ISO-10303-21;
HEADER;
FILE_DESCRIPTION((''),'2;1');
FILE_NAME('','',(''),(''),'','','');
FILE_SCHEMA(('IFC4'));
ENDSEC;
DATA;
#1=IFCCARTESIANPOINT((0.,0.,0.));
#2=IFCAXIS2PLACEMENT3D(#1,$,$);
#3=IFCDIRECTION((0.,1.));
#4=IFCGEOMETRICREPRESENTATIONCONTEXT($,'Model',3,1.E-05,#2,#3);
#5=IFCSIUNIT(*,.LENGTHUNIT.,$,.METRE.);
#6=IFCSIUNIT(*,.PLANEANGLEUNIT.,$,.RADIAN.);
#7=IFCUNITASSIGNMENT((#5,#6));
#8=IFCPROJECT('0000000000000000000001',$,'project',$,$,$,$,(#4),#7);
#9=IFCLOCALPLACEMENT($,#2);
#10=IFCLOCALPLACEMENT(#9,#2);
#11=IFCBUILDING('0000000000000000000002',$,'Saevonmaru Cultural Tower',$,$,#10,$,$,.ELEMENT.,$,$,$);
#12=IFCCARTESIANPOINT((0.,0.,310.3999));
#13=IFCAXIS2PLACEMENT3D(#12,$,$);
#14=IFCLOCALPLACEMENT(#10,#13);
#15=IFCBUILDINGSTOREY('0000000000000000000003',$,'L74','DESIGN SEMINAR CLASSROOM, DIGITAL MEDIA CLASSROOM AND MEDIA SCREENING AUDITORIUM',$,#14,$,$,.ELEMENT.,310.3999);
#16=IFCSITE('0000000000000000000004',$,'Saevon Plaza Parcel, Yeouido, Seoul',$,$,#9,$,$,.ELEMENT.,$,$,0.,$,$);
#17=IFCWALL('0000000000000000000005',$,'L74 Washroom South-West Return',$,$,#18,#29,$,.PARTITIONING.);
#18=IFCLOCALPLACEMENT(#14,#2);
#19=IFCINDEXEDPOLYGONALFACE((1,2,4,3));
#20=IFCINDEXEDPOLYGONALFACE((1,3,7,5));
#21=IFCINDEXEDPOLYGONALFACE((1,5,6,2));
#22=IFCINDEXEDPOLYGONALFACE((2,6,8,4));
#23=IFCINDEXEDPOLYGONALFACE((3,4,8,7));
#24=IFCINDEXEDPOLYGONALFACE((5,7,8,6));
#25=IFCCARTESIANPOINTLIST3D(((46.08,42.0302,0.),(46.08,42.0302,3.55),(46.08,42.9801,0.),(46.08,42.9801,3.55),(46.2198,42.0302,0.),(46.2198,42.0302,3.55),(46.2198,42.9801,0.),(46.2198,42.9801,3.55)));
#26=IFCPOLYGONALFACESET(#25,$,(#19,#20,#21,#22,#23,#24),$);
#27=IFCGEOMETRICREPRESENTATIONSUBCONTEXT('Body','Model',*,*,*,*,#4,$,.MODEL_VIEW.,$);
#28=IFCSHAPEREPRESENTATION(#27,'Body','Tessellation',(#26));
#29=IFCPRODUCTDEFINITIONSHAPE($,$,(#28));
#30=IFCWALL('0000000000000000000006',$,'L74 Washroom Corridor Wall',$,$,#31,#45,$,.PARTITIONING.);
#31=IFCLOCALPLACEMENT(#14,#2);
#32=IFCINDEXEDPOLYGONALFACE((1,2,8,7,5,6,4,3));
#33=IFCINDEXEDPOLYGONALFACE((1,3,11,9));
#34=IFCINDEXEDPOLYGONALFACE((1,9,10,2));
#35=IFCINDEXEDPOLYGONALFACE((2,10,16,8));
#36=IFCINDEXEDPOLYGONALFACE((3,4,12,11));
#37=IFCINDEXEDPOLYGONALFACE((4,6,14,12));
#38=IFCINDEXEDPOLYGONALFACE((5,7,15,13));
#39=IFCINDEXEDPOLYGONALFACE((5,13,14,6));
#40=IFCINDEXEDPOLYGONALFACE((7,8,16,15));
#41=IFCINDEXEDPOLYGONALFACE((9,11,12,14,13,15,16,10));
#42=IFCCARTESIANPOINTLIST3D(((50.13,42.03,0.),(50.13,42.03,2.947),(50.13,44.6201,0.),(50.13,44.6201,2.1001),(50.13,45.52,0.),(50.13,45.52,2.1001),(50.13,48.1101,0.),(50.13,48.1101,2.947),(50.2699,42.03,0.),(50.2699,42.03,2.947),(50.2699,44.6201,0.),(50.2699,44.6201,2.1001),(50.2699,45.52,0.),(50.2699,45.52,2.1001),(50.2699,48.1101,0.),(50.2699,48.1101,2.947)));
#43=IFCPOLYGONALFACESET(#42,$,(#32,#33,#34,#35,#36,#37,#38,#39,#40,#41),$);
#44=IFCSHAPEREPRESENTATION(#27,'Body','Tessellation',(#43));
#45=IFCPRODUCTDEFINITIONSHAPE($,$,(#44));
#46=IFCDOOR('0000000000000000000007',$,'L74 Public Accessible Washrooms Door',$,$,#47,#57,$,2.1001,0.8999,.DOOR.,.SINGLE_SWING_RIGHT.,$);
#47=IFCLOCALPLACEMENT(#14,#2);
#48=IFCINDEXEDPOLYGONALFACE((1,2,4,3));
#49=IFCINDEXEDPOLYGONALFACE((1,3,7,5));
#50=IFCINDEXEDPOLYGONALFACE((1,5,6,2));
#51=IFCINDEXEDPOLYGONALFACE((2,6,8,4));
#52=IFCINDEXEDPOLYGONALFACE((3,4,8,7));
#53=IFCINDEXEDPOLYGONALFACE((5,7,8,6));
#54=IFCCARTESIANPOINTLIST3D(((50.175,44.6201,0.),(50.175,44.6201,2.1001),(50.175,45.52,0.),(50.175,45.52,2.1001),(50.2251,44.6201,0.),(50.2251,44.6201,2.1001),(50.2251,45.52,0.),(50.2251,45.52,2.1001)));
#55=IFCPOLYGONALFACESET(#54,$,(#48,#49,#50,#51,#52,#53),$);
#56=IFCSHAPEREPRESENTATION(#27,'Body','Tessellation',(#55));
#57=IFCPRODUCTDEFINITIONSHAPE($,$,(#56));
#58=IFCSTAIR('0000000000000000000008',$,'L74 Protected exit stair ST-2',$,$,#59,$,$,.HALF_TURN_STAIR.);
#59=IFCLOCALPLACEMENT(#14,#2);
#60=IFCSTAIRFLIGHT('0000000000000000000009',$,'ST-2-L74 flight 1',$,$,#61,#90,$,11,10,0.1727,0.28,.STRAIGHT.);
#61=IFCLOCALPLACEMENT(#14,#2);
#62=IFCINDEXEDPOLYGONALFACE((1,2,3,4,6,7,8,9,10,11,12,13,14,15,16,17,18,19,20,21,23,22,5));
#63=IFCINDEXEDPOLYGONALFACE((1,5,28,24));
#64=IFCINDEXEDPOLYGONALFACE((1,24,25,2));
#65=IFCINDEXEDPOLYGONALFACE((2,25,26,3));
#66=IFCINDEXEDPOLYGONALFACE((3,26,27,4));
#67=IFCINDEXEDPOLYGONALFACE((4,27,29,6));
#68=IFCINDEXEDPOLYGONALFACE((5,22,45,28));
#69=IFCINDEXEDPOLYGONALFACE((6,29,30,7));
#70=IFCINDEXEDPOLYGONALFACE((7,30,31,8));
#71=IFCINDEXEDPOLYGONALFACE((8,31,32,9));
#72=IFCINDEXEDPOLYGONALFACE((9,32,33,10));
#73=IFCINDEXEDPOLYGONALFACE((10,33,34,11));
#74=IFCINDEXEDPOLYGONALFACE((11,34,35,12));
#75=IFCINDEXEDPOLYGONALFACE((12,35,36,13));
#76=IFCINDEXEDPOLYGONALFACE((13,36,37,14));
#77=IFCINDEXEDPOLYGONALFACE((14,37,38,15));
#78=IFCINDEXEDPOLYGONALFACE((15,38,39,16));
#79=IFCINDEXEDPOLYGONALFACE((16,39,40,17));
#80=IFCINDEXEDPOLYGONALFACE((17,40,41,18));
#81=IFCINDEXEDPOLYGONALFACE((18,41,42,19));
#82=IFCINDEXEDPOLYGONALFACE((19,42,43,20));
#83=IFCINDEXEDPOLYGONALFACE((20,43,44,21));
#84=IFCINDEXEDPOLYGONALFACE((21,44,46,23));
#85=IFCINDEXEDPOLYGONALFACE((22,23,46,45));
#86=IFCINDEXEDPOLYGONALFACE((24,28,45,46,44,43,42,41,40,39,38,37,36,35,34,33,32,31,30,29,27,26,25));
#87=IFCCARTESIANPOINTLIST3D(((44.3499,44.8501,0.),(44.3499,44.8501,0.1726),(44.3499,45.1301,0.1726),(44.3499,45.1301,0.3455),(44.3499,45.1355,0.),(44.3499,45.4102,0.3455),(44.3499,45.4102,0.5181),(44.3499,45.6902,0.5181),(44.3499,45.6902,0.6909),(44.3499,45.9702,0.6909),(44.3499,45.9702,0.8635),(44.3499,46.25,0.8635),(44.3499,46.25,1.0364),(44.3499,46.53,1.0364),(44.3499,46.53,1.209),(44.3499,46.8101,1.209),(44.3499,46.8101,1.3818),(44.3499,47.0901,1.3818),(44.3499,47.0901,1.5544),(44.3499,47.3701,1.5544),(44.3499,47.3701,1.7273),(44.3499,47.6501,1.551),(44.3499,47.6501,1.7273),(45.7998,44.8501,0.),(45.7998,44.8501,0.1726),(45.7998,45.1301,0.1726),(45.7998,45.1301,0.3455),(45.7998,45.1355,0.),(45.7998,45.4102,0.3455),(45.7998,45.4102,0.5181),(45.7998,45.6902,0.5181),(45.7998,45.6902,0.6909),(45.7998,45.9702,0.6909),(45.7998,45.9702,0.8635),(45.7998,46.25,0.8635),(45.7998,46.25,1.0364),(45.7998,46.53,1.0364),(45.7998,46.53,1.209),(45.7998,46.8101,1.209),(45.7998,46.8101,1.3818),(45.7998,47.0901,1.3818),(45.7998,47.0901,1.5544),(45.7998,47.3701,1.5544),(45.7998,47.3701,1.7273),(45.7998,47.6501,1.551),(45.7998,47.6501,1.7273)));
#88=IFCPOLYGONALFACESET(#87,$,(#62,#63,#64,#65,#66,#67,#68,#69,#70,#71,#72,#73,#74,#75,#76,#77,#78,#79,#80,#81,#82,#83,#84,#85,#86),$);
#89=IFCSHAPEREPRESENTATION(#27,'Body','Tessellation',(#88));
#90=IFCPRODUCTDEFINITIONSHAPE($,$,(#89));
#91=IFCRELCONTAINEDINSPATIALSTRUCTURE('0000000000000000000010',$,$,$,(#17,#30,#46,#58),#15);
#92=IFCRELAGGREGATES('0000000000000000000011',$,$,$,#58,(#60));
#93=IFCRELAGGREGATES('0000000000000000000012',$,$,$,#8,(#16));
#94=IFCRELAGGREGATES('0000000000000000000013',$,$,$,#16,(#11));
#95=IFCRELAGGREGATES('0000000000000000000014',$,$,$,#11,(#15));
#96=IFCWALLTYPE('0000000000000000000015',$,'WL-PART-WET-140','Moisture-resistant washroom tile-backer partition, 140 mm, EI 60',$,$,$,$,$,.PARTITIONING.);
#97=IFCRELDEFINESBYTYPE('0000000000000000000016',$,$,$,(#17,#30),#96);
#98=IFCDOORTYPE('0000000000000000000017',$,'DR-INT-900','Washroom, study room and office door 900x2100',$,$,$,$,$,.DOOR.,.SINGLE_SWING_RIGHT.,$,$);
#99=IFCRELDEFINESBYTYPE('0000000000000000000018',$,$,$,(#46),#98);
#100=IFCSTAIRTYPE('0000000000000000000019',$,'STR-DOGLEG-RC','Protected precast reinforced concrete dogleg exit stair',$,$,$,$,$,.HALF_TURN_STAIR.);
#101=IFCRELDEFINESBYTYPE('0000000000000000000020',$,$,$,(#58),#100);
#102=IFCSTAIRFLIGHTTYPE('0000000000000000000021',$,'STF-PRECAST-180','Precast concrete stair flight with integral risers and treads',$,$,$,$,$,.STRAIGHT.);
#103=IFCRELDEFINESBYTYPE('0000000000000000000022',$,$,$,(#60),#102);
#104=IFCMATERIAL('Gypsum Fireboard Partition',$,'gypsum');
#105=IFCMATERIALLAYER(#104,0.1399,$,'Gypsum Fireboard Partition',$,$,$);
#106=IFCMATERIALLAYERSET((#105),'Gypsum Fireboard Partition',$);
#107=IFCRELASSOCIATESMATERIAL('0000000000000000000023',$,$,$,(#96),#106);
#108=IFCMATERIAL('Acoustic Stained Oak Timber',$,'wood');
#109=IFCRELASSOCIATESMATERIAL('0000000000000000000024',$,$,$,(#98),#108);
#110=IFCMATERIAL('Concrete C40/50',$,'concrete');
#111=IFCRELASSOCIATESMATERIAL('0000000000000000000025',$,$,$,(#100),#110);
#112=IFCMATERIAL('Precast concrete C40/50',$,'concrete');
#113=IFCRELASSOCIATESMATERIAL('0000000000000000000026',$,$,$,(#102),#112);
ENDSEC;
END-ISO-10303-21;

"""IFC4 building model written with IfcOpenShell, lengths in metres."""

from ifc_helpers import new_model, si_unit, direction, frame, frame_2d, origin, place, context, subcontext, project, spatial, polyline, rectangle, outline, extrude, material, layer, layer_set, type_object, element, fill, aggregate, save


model = new_model("IFC4")

# Units and contexts
model_context = context("Model", 3, precision=1e-05, world=origin(), true_north=direction((0.0, 1.0)))
body_context = subcontext(model_context, "Body", "Model", "MODEL_VIEW")
ifc_project = project(units=[si_unit("LENGTHUNIT", "METRE"), si_unit("PLANEANGLEUNIT", "RADIAN")], contexts=[model_context])

# Site, building, storey
site_placement = place(None, origin())
site = spatial("IfcSite", under=ifc_project, at=site_placement, Name="Saevon Plaza Parcel, Yeouido, Seoul", CompositionType="ELEMENT", RefElevation=0.0)
building_placement = place(site_placement, origin())
building = spatial("IfcBuilding", under=site, at=building_placement, Name="Saevonmaru Cultural Tower", CompositionType="ELEMENT")
storey_placement = place(building_placement, frame((0.0, 0.0, 310.3999)))
storey = spatial("IfcBuildingStorey", under=building, at=storey_placement, Name="L74", Description="DESIGN SEMINAR CLASSROOM, DIGITAL MEDIA CLASSROOM AND MEDIA SCREENING AUDITORIUM", CompositionType="ELEMENT", Elevation=310.3999)

# Shared definitions
ifc_material_1 = material(Name="Gypsum Fireboard Partition", Category="gypsum")

# Shared definitions
ifc_material_2 = material(Name="Acoustic Stained Oak Timber", Category="wood")

# Wall
ifc_layer_1 = layer(ifc_material_1, 0.1399, Name="Gypsum Fireboard Partition")
ifc_layer_set_1 = layer_set([ifc_layer_1], Name="Gypsum Fireboard Partition")
wall_type_1 = type_object("IfcWallType", Name="WL-PART-WET-140", Description="Moisture-resistant washroom tile-backer partition, 140 mm, EI 60", PredefinedType="PARTITIONING", material=ifc_layer_set_1)
wall_1_placement = place(storey_placement, frame((46.1499, 42.03, 0.0), z_axis=(0.0, 0.0, 1.0), x_axis=(0.0, 1.0, 0.0)))
element("IfcWall", 1, at=wall_1_placement, inside=storey, type_object=wall_type_1, Name="L74 Washroom South-West Return", PredefinedType="PARTITIONING", context=body_context, shape_type="SweptSolid", body=[
    extrude(rectangle(XDim=0.95, YDim=0.1399, at=frame_2d((0.4751, 0.0))), origin(), (0.0, 0.0, 1.0), 3.55),
])

# Wall, opening, door
wall_2_placement = place(storey_placement, frame((50.2, 42.03, 0.0), z_axis=(0.0, 0.0, 1.0), x_axis=(0.0, 1.0, 0.0)))
wall_2 = element("IfcWall", 2, at=wall_2_placement, inside=storey, type_object=wall_type_1, Name="L74 Washroom Corridor Wall", PredefinedType="PARTITIONING", context=body_context, shape_type="SweptSolid", body=[
    extrude(rectangle(XDim=6.0801, YDim=0.1399, at=frame_2d((3.04, 0.0))), origin(), (0.0, 0.0, 1.0), 2.947),
])
opening_1_placement = place(wall_2_placement, frame((2.5901, 0.0, 0.0)))
opening_1 = element("IfcOpeningElement", 3, at=opening_1_placement, cuts=wall_2, PredefinedType="OPENING", context=body_context, shape_type="SweptSolid", body=[
    extrude(rectangle(XDim=0.8999, YDim=2.1001, at=frame_2d((0.45, 1.05))), frame((0.0, 0.0801, 0.0), z_axis=(0.0, -1.0, 0.0), x_axis=(1.0, 0.0, 0.0)), (0.0, 0.0, 1.0), 0.1599),
])
door_type_1 = type_object("IfcDoorType", Name="DR-INT-900", Description="Washroom, study room and office door 900x2100", OperationType="SINGLE_SWING_RIGHT", PredefinedType="DOOR", material=ifc_material_2)
door_1_placement = place(opening_1_placement, origin())
door_1 = element("IfcDoor", 4, at=door_1_placement, inside=storey, type_object=door_type_1, Name="L74 Public Accessible Washrooms Door", OperationType="SINGLE_SWING_RIGHT", OverallHeight=2.1001, OverallWidth=0.8999, PredefinedType="DOOR", context=body_context, shape_type="SweptSolid", body=[
    extrude(rectangle(XDim=0.8999, YDim=2.1001, at=frame_2d((0.45, 1.05))), frame((0.0, 0.0249, 0.0), z_axis=(0.0, -1.0, 0.0), x_axis=(1.0, 0.0, 0.0)), (0.0, 0.0, 1.0), 0.05),
])
fill(opening_1, door_1)

# Stair, stair flight
ifc_material_3 = material(Name="Concrete C40/50", Category="concrete")
stair_type = type_object("IfcStairType", Name="STR-DOGLEG-RC", Description="Protected precast reinforced concrete dogleg exit stair", PredefinedType="HALF_TURN_STAIR", material=ifc_material_3)
stair_placement = place(storey_placement, origin())
stair = element("IfcStair", 5, at=stair_placement, inside=storey, type_object=stair_type, Name="L74 Protected exit stair ST-2", PredefinedType="HALF_TURN_STAIR")
ifc_material_4 = material(Name="Precast concrete C40/50", Category="concrete")
stair_flight_type = type_object("IfcStairFlightType", Name="STF-PRECAST-180", Description="Precast concrete stair flight with integral risers and treads", PredefinedType="STRAIGHT", material=ifc_material_4)
stair_flight_placement = place(storey_placement, frame((45.075, 44.8501, 0.0), z_axis=(0.0, 0.0, 1.0), x_axis=(0.0, 1.0, 0.0)))
stair_flight = element("IfcStairFlight", 6, at=stair_flight_placement, type_object=stair_flight_type, Name="ST-2-L74 flight 1", NumberOfRisers=11, NumberOfTreads=10, PredefinedType="STRAIGHT", RiserHeight=0.1727, TreadLength=0.28, context=body_context, shape_type="SweptSolid", body=[
    extrude(outline(polyline([(0.0, 0.0), (0.0, 0.1726), (0.28, 0.1726), (0.28, 0.3455), (0.5601, 0.3455), (0.5601, 0.5181), (0.8401, 0.5181), (0.8401, 0.6909), (1.1201, 0.6909), (1.1201, 0.8635), (1.3999, 0.8635), (1.3999, 1.0364), (1.6799, 1.0364), (1.6799, 1.209), (1.96, 1.209), (1.96, 1.3818), (2.24, 1.3818), (2.24, 1.5544), (2.52, 1.5544), (2.52, 1.7273), (2.8, 1.7273), (2.8, 1.8999), (2.8, 1.551), (0.2854, 0.0), (0.0, 0.0)])), frame((0.0, 0.7251, 0.0), z_axis=(0.0, -1.0, 0.0), x_axis=(1.0, 0.0, 0.0)), (0.0, 0.0, 1.0), 1.45),
])
aggregate(stair, [stair_flight])

save(model, "model.ifc")
